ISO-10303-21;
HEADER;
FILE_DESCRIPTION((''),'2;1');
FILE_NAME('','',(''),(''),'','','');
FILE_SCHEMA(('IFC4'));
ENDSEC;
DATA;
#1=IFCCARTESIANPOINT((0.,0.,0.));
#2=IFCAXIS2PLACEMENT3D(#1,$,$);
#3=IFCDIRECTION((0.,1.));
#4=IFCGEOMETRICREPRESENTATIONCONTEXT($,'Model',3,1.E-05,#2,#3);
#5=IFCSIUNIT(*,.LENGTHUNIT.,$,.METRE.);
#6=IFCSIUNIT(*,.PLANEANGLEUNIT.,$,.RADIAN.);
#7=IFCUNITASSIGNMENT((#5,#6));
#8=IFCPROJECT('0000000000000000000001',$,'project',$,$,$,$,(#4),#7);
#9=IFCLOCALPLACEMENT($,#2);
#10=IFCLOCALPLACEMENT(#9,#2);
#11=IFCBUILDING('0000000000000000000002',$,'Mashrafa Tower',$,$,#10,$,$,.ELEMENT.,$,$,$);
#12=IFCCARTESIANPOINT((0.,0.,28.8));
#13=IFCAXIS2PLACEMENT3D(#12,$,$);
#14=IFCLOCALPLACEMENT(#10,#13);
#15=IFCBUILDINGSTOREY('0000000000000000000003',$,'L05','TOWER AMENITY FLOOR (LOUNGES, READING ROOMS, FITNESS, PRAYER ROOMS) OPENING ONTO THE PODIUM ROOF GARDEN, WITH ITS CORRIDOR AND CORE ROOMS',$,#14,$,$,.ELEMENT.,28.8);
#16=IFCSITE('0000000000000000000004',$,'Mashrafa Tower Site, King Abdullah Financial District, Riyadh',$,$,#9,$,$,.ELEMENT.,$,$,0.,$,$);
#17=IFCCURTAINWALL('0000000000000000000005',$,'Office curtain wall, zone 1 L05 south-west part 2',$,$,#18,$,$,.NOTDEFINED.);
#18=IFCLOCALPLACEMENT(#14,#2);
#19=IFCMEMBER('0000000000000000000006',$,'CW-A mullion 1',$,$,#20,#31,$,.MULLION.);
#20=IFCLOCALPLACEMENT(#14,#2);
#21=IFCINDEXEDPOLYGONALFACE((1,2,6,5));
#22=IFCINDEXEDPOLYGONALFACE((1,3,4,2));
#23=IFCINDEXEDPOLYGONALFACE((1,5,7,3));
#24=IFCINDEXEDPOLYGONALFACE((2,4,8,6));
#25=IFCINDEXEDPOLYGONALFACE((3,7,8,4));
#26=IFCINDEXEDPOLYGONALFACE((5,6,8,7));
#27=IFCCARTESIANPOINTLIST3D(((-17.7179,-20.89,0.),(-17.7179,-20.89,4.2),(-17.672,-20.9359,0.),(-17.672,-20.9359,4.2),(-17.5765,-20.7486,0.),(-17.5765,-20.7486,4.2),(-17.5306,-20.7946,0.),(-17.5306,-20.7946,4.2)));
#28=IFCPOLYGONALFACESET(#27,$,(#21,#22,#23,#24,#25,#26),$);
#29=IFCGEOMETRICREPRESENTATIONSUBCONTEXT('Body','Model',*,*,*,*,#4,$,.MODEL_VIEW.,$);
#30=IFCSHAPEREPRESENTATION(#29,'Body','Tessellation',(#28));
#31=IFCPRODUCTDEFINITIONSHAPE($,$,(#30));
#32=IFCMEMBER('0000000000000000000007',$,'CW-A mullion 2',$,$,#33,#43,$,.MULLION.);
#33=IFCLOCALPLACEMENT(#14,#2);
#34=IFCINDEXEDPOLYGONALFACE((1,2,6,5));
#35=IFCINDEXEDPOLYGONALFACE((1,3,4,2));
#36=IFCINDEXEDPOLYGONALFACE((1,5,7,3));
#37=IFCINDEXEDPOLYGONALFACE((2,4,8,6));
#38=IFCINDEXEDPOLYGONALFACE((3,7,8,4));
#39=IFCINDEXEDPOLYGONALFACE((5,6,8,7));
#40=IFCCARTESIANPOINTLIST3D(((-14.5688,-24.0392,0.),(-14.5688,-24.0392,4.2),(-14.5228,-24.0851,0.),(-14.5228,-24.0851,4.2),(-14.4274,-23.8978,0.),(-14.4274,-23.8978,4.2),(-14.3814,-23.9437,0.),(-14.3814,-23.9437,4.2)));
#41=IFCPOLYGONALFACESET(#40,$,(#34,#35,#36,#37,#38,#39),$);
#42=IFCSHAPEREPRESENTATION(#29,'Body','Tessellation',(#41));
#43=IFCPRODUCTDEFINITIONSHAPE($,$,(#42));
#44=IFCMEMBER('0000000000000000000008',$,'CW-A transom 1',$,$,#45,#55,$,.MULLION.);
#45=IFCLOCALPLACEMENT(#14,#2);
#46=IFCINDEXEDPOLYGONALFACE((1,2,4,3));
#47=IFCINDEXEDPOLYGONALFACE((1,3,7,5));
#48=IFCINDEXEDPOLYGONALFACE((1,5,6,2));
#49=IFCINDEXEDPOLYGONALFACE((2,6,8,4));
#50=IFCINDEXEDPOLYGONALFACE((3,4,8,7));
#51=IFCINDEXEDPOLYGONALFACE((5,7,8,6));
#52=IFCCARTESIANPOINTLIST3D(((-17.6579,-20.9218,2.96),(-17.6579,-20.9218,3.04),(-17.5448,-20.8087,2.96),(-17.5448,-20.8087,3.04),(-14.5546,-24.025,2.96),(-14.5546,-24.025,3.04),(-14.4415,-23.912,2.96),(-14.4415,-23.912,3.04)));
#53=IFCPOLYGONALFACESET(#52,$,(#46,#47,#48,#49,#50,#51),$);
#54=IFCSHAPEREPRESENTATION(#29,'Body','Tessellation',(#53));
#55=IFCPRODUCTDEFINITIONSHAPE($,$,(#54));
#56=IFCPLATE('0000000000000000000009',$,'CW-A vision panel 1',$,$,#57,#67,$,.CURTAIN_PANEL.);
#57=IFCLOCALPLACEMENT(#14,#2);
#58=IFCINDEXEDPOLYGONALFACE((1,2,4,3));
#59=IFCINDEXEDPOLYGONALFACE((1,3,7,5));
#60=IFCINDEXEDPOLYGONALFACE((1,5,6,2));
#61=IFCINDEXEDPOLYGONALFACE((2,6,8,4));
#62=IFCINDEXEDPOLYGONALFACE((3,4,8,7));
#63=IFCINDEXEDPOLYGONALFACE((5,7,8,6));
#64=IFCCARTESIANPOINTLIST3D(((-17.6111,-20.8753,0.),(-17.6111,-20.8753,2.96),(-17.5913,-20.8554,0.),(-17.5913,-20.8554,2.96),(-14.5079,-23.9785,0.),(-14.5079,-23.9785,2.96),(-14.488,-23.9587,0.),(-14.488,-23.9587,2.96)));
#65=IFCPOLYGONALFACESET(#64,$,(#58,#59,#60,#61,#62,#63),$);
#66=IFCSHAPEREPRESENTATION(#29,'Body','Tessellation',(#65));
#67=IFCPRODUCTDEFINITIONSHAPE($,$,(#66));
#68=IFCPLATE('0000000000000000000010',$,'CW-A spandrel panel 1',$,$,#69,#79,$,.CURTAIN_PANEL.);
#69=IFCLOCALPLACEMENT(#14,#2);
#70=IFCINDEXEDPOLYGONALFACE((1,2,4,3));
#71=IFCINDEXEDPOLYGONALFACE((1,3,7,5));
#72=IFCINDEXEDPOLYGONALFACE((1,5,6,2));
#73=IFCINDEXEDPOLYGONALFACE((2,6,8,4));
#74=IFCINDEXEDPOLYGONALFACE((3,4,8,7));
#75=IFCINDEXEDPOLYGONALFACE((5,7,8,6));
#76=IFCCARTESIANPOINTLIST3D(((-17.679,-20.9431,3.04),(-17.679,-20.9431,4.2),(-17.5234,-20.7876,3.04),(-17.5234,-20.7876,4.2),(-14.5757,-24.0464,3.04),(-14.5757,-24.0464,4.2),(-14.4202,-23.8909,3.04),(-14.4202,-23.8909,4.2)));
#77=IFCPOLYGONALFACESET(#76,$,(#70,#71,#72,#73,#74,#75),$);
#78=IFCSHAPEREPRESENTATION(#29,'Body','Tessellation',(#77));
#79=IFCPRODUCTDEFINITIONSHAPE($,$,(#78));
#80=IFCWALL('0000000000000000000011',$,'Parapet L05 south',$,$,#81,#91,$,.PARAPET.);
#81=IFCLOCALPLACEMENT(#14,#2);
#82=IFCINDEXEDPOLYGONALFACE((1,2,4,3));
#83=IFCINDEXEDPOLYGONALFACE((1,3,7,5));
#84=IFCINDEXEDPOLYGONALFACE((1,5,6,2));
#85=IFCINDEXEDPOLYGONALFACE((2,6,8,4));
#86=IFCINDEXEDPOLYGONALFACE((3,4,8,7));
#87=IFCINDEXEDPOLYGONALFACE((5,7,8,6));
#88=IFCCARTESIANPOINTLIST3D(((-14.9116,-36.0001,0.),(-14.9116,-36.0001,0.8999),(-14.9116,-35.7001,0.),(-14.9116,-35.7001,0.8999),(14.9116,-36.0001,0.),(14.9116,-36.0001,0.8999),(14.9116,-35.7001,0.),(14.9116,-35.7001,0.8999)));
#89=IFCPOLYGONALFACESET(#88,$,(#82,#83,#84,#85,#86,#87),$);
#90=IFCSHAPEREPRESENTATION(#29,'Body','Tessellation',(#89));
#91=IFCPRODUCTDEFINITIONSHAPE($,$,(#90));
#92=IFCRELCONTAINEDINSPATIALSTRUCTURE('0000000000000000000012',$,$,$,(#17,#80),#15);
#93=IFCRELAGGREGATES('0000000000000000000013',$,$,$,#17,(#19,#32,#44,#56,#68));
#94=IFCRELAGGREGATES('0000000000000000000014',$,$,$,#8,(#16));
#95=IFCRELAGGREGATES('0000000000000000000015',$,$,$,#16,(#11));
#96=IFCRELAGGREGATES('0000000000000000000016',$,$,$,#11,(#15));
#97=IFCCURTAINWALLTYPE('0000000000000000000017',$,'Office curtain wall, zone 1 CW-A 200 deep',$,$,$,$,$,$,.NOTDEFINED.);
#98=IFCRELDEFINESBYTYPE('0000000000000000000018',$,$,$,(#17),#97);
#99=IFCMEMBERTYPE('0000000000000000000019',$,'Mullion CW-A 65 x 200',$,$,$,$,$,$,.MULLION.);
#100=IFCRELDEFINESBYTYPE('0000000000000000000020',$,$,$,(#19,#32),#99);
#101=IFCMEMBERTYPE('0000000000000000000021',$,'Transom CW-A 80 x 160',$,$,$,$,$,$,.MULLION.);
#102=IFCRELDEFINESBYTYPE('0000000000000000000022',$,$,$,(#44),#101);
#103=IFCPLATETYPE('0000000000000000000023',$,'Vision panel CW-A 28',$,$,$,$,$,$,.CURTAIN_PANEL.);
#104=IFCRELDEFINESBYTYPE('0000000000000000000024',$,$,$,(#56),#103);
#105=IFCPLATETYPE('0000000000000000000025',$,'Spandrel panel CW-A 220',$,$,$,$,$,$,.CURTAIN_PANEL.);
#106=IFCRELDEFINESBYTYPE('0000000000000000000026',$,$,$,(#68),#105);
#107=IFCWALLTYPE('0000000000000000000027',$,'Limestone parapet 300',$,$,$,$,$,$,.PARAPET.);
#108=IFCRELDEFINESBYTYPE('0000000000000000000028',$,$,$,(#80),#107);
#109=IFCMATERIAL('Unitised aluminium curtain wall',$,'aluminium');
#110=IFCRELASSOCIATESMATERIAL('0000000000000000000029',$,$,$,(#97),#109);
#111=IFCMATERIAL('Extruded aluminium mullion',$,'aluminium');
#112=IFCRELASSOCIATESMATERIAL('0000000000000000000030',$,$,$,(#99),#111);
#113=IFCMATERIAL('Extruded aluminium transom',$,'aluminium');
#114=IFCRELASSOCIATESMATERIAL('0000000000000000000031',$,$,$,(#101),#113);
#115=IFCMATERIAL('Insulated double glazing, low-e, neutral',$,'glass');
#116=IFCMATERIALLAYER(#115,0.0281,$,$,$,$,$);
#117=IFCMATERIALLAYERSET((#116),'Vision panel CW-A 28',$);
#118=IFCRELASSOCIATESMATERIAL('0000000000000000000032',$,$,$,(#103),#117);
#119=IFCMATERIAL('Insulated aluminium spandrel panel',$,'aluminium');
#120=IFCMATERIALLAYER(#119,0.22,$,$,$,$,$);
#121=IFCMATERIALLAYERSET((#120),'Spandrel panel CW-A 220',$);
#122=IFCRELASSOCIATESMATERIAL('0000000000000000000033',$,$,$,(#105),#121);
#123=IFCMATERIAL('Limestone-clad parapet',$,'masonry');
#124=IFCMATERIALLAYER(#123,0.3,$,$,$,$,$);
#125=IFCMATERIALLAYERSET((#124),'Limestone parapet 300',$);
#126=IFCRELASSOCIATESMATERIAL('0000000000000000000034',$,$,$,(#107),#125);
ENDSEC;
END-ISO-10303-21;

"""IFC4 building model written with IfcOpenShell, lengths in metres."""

from ifc_helpers import new_model, si_unit, direction, frame, frame_2d, origin, origin_2d, place, context, subcontext, project, spatial, rectangle, extrude, source, transform, mapped, material, layer, layer_set, material_profile, profile_set, type_object, type_shapes, element, aggregate, save


model = new_model("IFC4")

# Units and contexts
model_context = context("Model", 3, precision=1e-05, world=origin(), true_north=direction((0.0, 1.0)))
body_context = subcontext(model_context, "Body", "Model", "MODEL_VIEW")
ifc_project = project(units=[si_unit("LENGTHUNIT", "METRE"), si_unit("PLANEANGLEUNIT", "RADIAN")], contexts=[model_context])

# Site, building, storey
site_placement = place(None, origin())
site = spatial("IfcSite", under=ifc_project, at=site_placement, Name="Mashrafa Tower Site, King Abdullah Financial District, Riyadh", CompositionType="ELEMENT", RefElevation=0.0)
building_placement = place(site_placement, origin())
building = spatial("IfcBuilding", under=site, at=building_placement, Name="Mashrafa Tower", CompositionType="ELEMENT")
storey_placement = place(building_placement, frame((0.0, 0.0, 28.8)))
storey = spatial("IfcBuildingStorey", under=building, at=storey_placement, Name="L05", Description="TOWER AMENITY FLOOR (LOUNGES, READING ROOMS, FITNESS, PRAYER ROOMS) OPENING ONTO THE PODIUM ROOF GARDEN, WITH ITS CORRIDOR AND CORE ROOMS", CompositionType="ELEMENT", Elevation=28.8)

# Curtain wall, members, plates
ifc_material_1 = material(Name="Unitised aluminium curtain wall", Category="aluminium")
curtain_wall_type = type_object("IfcCurtainWallType", Name="Office curtain wall, zone 1 CW-A 200 deep", PredefinedType="NOTDEFINED", material=ifc_material_1)
curtain_wall_placement = place(storey_placement, origin())
curtain_wall = element("IfcCurtainWall", 1, at=curtain_wall_placement, inside=storey, type_object=curtain_wall_type, Name="Office curtain wall, zone 1 L05 south-west part 2", PredefinedType="NOTDEFINED")
ifc_material_2 = material(Name="Extruded aluminium mullion", Category="aluminium")
ifc_material_profile_1 = material_profile(ifc_material_2, rectangle(XDim=0.2, YDim=0.0649, at=origin_2d()), Name="Mullion 65x200")
ifc_profile_set_1 = profile_set([ifc_material_profile_1], Name="Extruded aluminium mullion")
member_type_1 = type_object("IfcMemberType", Name="Mullion CW-A 65 x 200", PredefinedType="MULLION", material=ifc_profile_set_1)
shared_shape_1 = source(origin(), body_context, "Body", "SweptSolid", [
    extrude(rectangle(XDim=0.2, YDim=0.0649, at=origin_2d()), origin(), (0.0, 0.0, 1.0), 4.2),
])
type_shapes(member_type_1, [shared_shape_1])
member_1_placement = place(storey_placement, frame((-17.6243, -20.8423, 0.0), z_axis=(0.0, 0.0, 1.0), x_axis=(0.707107, 0.707107, 0.0)))
member_1 = element("IfcMember", 2, at=member_1_placement, type_object=member_type_1, Name="CW-A mullion 1", PredefinedType="MULLION", context=body_context, shape_type="MappedRepresentation", body=[
    mapped(shared_shape_1, transform((0.0, 0.0, 0.0))),
])
member_2_placement = place(storey_placement, frame((-14.4751, -23.9915, 0.0), z_axis=(0.0, 0.0, 1.0), x_axis=(0.707107, 0.707107, 0.0)))
member_2 = element("IfcMember", 3, at=member_2_placement, type_object=member_type_1, Name="CW-A mullion 2", PredefinedType="MULLION", context=body_context, shape_type="MappedRepresentation", body=[
    mapped(shared_shape_1, transform((0.0, 0.0, 0.0))),
])
ifc_material_3 = material(Name="Extruded aluminium transom", Category="aluminium")
ifc_material_profile_2 = material_profile(ifc_material_3, rectangle(XDim=0.1599, YDim=0.0801, at=origin_2d()), Name="Transom 80x160")
ifc_profile_set_2 = profile_set([ifc_material_profile_2], Name="Extruded aluminium transom")
member_type_2 = type_object("IfcMemberType", Name="Transom CW-A 80 x 160", PredefinedType="MULLION", material=ifc_profile_set_2)
shared_shape_2 = source(origin(), body_context, "Body", "SweptSolid", [
    extrude(rectangle(XDim=0.1599, YDim=0.0801, at=origin_2d()), origin(), (0.0, 0.0, 1.0), 4.3887),
])
type_shapes(member_type_2, [shared_shape_2])
member_3_placement = place(storey_placement, frame((-17.6013, -20.8652, 3.0), z_axis=(0.707107, -0.707107, 0.0), x_axis=(0.707107, 0.707107, 0.0)))
member_3 = element("IfcMember", 4, at=member_3_placement, type_object=member_type_2, Name="CW-A transom 1", PredefinedType="MULLION", context=body_context, shape_type="MappedRepresentation", body=[
    mapped(shared_shape_2, transform((0.0, 0.0, 0.0))),
])
ifc_material_4 = material(Name="Insulated double glazing, low-e, neutral", Category="glass")
ifc_layer_1 = layer(ifc_material_4, 0.0281)
ifc_layer_set_1 = layer_set([ifc_layer_1], Name="Vision panel CW-A 28")
plate_type_1 = type_object("IfcPlateType", Name="Vision panel CW-A 28", PredefinedType="CURTAIN_PANEL", material=ifc_layer_set_1)
shared_shape_3 = source(origin(), body_context, "Body", "SweptSolid", [
    extrude(rectangle(XDim=4.3887, YDim=0.0281, at=origin_2d()), origin(), (0.0, 0.0, 1.0), 2.96),
])
type_shapes(plate_type_1, [shared_shape_3])
plate_1_placement = place(storey_placement, frame((-16.0496, -22.417, 0.0), z_axis=(0.0, 0.0, 1.0), x_axis=(0.707107, -0.707107, 0.0)))
plate_1 = element("IfcPlate", 5, at=plate_1_placement, type_object=plate_type_1, Name="CW-A vision panel 1", PredefinedType="CURTAIN_PANEL", context=body_context, shape_type="MappedRepresentation", body=[
    mapped(shared_shape_3, transform((0.0, 0.0, 0.0))),
])
ifc_material_5 = material(Name="Insulated aluminium spandrel panel", Category="aluminium")
ifc_layer_2 = layer(ifc_material_5, 0.22)
ifc_layer_set_2 = layer_set([ifc_layer_2], Name="Spandrel panel CW-A 220")
plate_type_2 = type_object("IfcPlateType", Name="Spandrel panel CW-A 220", PredefinedType="CURTAIN_PANEL", material=ifc_layer_set_2)
shared_shape_4 = source(origin(), body_context, "Body", "SweptSolid", [
    extrude(rectangle(XDim=4.3887, YDim=0.22, at=origin_2d()), origin(), (0.0, 0.0, 1.0), 1.1599),
])
type_shapes(plate_type_2, [shared_shape_4])
plate_2_placement = place(storey_placement, frame((-16.0496, -22.417, 3.04), z_axis=(0.0, 0.0, 1.0), x_axis=(0.707107, -0.707107, 0.0)))
plate_2 = element("IfcPlate", 6, at=plate_2_placement, type_object=plate_type_2, Name="CW-A spandrel panel 1", PredefinedType="CURTAIN_PANEL", context=body_context, shape_type="MappedRepresentation", body=[
    mapped(shared_shape_4, transform((0.0, 0.0, 0.0))),
])
aggregate(curtain_wall, [member_1, member_2, member_3, plate_1, plate_2])

# Wall
ifc_material_6 = material(Name="Limestone-clad parapet", Category="masonry")
ifc_layer_3 = layer(ifc_material_6, 0.3)
ifc_layer_set_3 = layer_set([ifc_layer_3], Name="Limestone parapet 300")
wall_type = type_object("IfcWallType", Name="Limestone parapet 300", PredefinedType="PARAPET", material=ifc_layer_set_3)
wall_placement = place(storey_placement, frame((-14.9116, -35.8501, 0.0), z_axis=(0.0, 0.0, 1.0), x_axis=(1.0, 0.0, 0.0)))
element("IfcWall", 7, at=wall_placement, inside=storey, type_object=wall_type, Name="Parapet L05 south", PredefinedType="PARAPET", context=body_context, shape_type="SweptSolid", body=[
    extrude(rectangle(XDim=29.8232, YDim=0.3, at=frame_2d((14.9116, 0.0))), origin(), (0.0, 0.0, 1.0), 0.8999),
])

save(model, "model.ifc")
